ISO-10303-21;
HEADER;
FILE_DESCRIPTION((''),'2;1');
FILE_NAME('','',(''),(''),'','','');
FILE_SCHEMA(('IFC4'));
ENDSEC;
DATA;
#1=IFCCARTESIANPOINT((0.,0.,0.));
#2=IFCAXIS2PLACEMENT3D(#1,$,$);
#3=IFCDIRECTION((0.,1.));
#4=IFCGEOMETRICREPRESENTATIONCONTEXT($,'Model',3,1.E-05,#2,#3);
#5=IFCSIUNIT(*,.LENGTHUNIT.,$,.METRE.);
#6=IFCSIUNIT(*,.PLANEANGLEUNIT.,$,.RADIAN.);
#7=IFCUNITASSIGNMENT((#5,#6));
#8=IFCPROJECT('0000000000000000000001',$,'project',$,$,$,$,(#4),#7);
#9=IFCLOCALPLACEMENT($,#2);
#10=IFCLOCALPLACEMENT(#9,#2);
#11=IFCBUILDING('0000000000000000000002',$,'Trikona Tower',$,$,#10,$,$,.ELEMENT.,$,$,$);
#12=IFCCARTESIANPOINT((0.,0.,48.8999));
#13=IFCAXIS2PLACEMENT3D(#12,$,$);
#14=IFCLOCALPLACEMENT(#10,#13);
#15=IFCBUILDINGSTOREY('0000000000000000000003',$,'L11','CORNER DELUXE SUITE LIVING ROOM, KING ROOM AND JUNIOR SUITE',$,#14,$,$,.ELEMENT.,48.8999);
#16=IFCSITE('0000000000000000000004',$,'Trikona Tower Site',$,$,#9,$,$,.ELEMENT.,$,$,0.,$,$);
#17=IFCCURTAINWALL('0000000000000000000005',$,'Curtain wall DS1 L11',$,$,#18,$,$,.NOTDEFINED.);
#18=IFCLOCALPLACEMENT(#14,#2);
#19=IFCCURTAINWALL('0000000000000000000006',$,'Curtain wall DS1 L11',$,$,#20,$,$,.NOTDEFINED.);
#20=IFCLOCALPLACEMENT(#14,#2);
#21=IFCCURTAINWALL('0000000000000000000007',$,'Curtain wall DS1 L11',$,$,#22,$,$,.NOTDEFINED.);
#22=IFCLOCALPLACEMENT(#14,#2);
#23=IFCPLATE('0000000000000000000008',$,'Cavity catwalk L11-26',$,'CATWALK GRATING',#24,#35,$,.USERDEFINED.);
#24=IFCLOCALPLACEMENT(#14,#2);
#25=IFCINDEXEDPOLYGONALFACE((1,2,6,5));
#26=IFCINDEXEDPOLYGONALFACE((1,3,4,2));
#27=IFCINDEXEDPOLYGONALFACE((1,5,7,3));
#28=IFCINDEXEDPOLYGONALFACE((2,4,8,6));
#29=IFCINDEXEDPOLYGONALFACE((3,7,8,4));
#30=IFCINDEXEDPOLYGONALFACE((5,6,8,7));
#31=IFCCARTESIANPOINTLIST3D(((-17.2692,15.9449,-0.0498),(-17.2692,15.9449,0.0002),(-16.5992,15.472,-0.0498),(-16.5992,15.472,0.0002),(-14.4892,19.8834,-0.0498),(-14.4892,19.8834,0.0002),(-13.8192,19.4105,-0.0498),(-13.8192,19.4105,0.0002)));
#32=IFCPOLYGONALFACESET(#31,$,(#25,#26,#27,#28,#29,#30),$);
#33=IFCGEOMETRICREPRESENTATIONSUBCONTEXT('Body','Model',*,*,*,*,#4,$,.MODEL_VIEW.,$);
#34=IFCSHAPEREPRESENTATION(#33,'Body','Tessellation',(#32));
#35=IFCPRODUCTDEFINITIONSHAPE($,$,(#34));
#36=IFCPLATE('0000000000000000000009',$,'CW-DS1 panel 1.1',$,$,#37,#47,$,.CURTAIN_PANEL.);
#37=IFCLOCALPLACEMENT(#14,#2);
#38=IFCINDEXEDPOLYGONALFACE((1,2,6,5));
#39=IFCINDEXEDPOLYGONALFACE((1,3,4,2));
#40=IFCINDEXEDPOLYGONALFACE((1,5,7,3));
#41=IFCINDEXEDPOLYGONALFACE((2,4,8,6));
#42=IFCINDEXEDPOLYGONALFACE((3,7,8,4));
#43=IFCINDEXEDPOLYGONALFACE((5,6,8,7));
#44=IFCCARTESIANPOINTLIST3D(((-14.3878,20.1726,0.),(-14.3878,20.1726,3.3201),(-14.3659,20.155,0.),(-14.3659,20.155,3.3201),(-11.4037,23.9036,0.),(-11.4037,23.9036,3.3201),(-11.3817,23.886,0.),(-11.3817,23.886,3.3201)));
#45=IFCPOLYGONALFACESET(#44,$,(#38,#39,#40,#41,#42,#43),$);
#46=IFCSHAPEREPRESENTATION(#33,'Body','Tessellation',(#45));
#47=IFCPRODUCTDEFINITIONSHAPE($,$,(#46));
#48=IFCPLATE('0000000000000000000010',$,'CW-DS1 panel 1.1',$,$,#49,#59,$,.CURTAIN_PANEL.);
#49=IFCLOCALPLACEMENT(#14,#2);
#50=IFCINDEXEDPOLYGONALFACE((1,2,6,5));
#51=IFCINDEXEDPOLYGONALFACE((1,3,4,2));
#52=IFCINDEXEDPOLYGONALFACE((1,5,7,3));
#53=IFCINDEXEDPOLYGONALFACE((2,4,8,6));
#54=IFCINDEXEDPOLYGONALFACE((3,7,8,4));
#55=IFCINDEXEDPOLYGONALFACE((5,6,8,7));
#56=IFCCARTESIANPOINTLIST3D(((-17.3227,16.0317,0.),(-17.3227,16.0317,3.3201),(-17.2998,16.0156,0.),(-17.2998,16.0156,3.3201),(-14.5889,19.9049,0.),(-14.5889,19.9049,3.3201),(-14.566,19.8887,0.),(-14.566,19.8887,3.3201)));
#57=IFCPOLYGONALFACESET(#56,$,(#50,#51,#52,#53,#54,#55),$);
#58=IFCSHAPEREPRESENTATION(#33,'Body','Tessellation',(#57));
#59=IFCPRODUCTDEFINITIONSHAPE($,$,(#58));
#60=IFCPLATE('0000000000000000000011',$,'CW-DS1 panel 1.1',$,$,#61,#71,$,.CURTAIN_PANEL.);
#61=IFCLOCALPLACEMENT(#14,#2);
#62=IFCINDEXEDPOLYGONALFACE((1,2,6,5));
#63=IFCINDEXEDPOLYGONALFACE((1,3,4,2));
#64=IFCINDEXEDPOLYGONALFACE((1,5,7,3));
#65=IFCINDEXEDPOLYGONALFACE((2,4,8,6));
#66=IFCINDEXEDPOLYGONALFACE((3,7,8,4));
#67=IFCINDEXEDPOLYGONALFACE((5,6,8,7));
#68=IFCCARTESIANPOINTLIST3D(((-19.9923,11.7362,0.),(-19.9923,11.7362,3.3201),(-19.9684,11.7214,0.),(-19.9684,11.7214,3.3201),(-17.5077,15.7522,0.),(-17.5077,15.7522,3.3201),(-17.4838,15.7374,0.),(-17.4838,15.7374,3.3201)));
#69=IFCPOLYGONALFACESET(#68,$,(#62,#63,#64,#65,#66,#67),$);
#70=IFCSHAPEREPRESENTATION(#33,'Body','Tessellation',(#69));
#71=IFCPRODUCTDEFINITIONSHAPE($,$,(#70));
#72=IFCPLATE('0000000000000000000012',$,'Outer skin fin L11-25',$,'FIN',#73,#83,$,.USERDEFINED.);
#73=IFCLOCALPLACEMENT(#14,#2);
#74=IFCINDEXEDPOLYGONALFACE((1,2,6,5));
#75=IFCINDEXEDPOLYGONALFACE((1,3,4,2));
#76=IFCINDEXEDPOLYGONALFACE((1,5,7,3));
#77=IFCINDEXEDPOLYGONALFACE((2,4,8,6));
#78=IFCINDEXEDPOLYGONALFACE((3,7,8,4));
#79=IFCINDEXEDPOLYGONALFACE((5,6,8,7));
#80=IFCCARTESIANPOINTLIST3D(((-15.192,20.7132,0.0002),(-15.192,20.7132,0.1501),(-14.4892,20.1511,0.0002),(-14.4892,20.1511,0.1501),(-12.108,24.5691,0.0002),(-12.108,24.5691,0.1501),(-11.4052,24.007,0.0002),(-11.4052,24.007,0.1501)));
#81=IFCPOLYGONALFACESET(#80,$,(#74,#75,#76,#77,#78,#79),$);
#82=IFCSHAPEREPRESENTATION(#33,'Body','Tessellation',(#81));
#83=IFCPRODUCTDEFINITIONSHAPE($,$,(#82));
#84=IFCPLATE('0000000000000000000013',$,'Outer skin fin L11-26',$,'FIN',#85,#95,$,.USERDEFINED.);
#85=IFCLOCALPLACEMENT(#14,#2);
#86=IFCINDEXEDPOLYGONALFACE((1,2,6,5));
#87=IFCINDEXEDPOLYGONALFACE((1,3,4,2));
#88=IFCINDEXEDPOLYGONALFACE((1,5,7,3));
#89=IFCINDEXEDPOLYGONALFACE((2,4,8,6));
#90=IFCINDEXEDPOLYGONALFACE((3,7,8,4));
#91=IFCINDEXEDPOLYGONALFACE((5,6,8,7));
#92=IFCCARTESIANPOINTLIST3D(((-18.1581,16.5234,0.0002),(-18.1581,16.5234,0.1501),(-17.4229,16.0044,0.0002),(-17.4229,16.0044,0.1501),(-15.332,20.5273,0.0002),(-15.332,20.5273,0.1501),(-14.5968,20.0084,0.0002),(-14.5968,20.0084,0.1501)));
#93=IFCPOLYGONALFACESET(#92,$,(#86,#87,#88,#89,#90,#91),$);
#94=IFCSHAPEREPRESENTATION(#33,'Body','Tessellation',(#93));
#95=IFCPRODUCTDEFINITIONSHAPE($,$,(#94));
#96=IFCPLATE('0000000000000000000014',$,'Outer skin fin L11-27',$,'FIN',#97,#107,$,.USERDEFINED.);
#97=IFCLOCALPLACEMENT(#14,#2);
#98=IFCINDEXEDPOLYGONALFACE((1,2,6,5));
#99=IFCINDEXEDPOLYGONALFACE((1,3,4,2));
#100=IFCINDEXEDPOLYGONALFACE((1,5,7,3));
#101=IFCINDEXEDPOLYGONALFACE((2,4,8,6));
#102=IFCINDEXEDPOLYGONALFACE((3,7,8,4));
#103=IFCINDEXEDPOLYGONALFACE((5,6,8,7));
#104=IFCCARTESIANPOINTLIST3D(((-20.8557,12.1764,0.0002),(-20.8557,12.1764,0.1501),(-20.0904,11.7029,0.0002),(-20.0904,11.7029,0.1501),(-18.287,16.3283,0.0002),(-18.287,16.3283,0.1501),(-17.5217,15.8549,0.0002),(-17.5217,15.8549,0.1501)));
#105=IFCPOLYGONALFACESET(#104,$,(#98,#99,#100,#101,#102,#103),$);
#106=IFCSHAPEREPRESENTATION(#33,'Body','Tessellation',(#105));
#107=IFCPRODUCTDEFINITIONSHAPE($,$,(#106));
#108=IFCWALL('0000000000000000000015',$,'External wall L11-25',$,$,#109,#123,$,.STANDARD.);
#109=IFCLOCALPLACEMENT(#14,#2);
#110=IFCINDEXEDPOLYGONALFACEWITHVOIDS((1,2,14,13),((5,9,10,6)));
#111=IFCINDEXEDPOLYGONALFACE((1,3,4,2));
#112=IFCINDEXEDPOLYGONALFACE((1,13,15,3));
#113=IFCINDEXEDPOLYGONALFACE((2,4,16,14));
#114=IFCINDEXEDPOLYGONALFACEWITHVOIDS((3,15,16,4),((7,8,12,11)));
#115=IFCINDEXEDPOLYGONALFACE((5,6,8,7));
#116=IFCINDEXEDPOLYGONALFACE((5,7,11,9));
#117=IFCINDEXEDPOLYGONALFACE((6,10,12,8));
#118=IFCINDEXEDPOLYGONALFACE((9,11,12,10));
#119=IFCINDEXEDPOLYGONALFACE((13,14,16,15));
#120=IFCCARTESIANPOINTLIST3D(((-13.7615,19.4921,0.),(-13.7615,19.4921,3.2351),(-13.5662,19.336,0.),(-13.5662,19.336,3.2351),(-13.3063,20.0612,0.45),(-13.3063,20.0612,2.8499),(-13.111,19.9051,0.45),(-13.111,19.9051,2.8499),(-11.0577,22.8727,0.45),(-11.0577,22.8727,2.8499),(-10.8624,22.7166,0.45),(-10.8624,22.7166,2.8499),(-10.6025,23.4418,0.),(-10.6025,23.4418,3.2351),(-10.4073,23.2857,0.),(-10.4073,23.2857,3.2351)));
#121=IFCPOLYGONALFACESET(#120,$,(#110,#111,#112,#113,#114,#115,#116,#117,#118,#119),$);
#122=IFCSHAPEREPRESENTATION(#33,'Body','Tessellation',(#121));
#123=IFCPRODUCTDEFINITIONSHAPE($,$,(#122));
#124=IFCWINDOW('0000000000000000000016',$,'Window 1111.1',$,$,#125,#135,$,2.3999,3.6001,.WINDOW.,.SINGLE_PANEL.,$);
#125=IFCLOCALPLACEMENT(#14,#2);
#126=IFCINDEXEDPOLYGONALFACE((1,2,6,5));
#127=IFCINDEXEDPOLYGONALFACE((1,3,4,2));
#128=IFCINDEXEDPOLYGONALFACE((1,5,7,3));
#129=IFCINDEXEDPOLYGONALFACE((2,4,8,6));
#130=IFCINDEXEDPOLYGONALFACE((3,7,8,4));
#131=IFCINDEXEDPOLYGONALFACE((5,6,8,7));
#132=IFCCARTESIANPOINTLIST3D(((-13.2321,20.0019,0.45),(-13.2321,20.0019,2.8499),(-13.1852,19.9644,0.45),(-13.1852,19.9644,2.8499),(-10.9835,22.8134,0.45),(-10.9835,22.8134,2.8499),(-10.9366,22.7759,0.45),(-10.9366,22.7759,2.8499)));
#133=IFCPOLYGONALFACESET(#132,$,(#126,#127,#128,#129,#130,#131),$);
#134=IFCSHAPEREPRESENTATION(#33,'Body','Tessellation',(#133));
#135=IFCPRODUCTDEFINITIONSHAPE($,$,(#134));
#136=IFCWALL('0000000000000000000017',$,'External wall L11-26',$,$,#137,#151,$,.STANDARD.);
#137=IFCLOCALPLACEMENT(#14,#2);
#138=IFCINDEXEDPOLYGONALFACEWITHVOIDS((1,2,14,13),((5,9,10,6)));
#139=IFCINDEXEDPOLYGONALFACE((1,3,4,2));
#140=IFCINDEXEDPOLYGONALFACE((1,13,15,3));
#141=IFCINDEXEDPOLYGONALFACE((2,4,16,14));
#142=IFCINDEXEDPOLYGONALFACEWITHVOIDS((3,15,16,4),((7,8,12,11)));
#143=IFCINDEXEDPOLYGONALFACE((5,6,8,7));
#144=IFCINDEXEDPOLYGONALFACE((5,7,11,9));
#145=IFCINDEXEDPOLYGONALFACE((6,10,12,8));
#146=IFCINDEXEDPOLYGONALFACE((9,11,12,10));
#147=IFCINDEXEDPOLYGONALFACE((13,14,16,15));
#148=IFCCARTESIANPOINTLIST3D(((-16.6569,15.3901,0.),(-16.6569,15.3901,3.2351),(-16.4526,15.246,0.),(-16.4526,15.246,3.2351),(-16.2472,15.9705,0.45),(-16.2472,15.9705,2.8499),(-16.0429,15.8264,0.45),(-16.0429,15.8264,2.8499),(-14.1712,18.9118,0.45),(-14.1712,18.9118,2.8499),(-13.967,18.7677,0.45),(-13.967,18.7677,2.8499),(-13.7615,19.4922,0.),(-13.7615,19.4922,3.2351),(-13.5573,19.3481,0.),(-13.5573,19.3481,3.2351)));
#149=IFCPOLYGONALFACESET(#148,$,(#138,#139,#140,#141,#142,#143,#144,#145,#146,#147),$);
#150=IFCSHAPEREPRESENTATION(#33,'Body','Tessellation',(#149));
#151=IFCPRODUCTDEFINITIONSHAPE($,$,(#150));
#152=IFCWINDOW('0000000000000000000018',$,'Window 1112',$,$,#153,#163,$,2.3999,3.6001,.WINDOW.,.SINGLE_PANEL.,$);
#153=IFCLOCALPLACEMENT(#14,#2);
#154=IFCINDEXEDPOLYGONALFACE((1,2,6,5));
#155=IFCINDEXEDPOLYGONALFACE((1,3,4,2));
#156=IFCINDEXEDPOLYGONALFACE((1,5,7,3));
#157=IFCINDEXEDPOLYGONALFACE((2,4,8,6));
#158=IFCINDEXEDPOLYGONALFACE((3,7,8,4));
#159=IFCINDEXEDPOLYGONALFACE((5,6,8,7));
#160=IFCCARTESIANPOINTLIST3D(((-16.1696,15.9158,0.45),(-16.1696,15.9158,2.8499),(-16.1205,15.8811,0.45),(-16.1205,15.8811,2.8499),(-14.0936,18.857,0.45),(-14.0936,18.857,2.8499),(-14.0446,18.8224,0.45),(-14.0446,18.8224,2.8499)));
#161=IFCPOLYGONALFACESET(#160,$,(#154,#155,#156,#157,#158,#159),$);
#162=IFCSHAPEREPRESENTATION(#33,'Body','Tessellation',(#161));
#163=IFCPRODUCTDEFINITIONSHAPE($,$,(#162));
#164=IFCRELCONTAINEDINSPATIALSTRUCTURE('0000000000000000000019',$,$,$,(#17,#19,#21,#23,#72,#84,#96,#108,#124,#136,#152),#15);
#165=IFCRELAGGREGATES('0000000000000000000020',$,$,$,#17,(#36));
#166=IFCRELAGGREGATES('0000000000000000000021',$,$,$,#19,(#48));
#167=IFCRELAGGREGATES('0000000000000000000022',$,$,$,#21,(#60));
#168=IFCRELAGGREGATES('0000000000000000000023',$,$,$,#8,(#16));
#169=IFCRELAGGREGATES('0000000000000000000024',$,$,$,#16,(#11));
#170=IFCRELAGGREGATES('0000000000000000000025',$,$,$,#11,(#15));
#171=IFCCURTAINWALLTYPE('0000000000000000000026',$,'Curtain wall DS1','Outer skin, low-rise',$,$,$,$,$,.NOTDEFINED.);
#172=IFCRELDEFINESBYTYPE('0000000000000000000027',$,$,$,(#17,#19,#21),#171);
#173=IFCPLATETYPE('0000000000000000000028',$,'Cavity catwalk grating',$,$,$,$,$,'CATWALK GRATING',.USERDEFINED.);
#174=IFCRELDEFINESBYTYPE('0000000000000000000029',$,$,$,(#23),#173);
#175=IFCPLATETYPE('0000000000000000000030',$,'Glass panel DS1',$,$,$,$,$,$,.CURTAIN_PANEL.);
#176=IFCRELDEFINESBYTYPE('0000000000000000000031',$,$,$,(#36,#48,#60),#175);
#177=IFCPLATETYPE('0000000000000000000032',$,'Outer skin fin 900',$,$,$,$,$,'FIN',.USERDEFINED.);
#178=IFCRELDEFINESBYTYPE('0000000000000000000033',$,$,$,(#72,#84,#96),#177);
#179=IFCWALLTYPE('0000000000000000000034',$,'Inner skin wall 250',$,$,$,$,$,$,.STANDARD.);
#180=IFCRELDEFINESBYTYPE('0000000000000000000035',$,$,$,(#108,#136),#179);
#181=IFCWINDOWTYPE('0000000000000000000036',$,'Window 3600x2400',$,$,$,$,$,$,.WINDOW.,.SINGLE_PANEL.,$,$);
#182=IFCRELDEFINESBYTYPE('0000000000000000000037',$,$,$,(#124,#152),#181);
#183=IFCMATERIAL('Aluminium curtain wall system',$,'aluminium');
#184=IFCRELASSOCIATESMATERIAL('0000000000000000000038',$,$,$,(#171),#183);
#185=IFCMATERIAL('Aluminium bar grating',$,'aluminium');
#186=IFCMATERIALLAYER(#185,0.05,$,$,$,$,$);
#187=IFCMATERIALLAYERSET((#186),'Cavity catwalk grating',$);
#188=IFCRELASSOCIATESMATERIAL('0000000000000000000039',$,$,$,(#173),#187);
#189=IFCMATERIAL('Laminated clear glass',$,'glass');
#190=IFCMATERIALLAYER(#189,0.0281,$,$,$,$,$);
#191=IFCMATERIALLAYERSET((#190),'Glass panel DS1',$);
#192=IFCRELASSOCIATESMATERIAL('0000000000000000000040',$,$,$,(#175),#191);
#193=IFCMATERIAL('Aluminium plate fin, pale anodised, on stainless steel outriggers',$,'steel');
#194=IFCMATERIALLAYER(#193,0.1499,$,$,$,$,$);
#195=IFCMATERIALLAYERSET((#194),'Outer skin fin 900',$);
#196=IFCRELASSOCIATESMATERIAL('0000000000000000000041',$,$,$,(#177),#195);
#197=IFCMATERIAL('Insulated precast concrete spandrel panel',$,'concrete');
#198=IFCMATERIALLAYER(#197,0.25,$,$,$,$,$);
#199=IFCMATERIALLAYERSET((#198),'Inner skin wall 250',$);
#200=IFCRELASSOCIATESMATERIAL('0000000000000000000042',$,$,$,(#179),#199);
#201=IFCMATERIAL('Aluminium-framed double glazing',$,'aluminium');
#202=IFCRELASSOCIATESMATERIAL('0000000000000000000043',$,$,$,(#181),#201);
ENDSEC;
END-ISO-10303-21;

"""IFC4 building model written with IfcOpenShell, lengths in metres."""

from ifc_helpers import new_model, si_unit, direction, frame, frame_2d, origin, origin_2d, place, context, subcontext, project, spatial, rectangle, extrude, material, layer, layer_set, type_object, element, fill, aggregate, save


model = new_model("IFC4")

# Units and contexts
model_context = context("Model", 3, precision=1e-05, world=origin(), true_north=direction((0.0, 1.0)))
body_context = subcontext(model_context, "Body", "Model", "MODEL_VIEW")
ifc_project = project(units=[si_unit("LENGTHUNIT", "METRE"), si_unit("PLANEANGLEUNIT", "RADIAN")], contexts=[model_context])

# Site, building, storey
site_placement = place(None, origin())
site = spatial("IfcSite", under=ifc_project, at=site_placement, Name="Trikona Tower Site", CompositionType="ELEMENT", RefElevation=0.0)
building_placement = place(site_placement, origin())
building = spatial("IfcBuilding", under=site, at=building_placement, Name="Trikona Tower", CompositionType="ELEMENT")
storey_placement = place(building_placement, frame((0.0, 0.0, 48.8999)))
storey = spatial("IfcBuildingStorey", under=building, at=storey_placement, Name="L11", Description="CORNER DELUXE SUITE LIVING ROOM, KING ROOM AND JUNIOR SUITE", CompositionType="ELEMENT", Elevation=48.8999)

# Shared definitions
ifc_material_1 = material(Name="Aluminium curtain wall system", Category="aluminium")
curtain_wall_type = type_object("IfcCurtainWallType", Name="Curtain wall DS1", Description="Outer skin, low-rise", PredefinedType="NOTDEFINED", material=ifc_material_1)

# Curtain walls
curtain_wall_1_placement = place(storey_placement, origin())
curtain_wall_1 = element("IfcCurtainWall", 1, at=curtain_wall_1_placement, inside=storey, type_object=curtain_wall_type, Name="Curtain wall DS1 L11", PredefinedType="NOTDEFINED")
curtain_wall_2_placement = place(storey_placement, origin())
curtain_wall_2 = element("IfcCurtainWall", 2, at=curtain_wall_2_placement, inside=storey, type_object=curtain_wall_type, Name="Curtain wall DS1 L11", PredefinedType="NOTDEFINED")

# Curtain wall
curtain_wall_3_placement = place(storey_placement, origin())
curtain_wall_3 = element("IfcCurtainWall", 3, at=curtain_wall_3_placement, inside=storey, type_object=curtain_wall_type, Name="Curtain wall DS1 L11", PredefinedType="NOTDEFINED")

# Plate
ifc_material_2 = material(Name="Aluminium bar grating", Category="aluminium")
ifc_layer_1 = layer(ifc_material_2, 0.05)
ifc_layer_set_1 = layer_set([ifc_layer_1], Name="Cavity catwalk grating")
plate_type_1 = type_object("IfcPlateType", Name="Cavity catwalk grating", ElementType="CATWALK GRATING", PredefinedType="USERDEFINED", material=ifc_layer_set_1)
plate_1_placement = place(storey_placement, frame((-15.5442, 17.6777, -0.0498), z_axis=(0.0, 0.0, 1.0), x_axis=(-0.576662, -0.816983, 0.0)))
element("IfcPlate", 4, at=plate_1_placement, inside=storey, type_object=plate_type_1, Name="Cavity catwalk L11-26", ObjectType="CATWALK GRATING", PredefinedType="USERDEFINED", context=body_context, shape_type="SweptSolid", body=[
    extrude(rectangle(XDim=4.8208, YDim=0.8201, at=origin_2d()), origin(), (0.0, 0.0, 1.0), 0.05),
])

# Plates
ifc_material_3 = material(Name="Laminated clear glass", Category="glass")
ifc_layer_2 = layer(ifc_material_3, 0.0281)
ifc_layer_set_2 = layer_set([ifc_layer_2], Name="Glass panel DS1")
plate_type_2 = type_object("IfcPlateType", Name="Glass panel DS1", PredefinedType="CURTAIN_PANEL", material=ifc_layer_set_2)
plate_2_placement = place(storey_placement, frame((-12.8848, 22.0293, 0.0), z_axis=(0.0, 0.0, 1.0), x_axis=(-0.624609, -0.780938, 0.0)))
plate_2 = element("IfcPlate", 5, at=plate_2_placement, type_object=plate_type_2, Name="CW-DS1 panel 1.1", PredefinedType="CURTAIN_PANEL", context=body_context, shape_type="SweptSolid", body=[
    extrude(rectangle(XDim=4.7776, YDim=0.0281, at=origin_2d()), origin(), (0.0, 0.0, 1.0), 3.3201),
])
aggregate(curtain_wall_1, [plate_2])
plate_3_placement = place(storey_placement, frame((-15.9443, 17.9602, 0.0), z_axis=(0.0, 0.0, 1.0), x_axis=(-0.576658, -0.816985, 0.0)))
plate_3 = element("IfcPlate", 6, at=plate_3_placement, type_object=plate_type_2, Name="CW-DS1 panel 1.1", PredefinedType="CURTAIN_PANEL", context=body_context, shape_type="SweptSolid", body=[
    extrude(rectangle(XDim=4.7407, YDim=0.0281, at=origin_2d()), origin(), (0.0, 0.0, 1.0), 3.3201),
])
aggregate(curtain_wall_2, [plate_3])
plate_4_placement = place(storey_placement, frame((-18.738, 13.7368, 0.0), z_axis=(0.0, 0.0, 1.0), x_axis=(-0.52612, -0.85041, 0.0)))
plate_4 = element("IfcPlate", 7, at=plate_4_placement, type_object=plate_type_2, Name="CW-DS1 panel 1.1", PredefinedType="CURTAIN_PANEL", context=body_context, shape_type="SweptSolid", body=[
    extrude(rectangle(XDim=4.7224, YDim=0.0281, at=origin_2d()), origin(), (0.0, 0.0, 1.0), 3.3201),
])
aggregate(curtain_wall_3, [plate_4])

# Plates
ifc_material_4 = material(Name="Aluminium plate fin, pale anodised, on stainless steel outriggers", Category="steel")
ifc_layer_3 = layer(ifc_material_4, 0.1499)
ifc_layer_set_3 = layer_set([ifc_layer_3], Name="Outer skin fin 900")
plate_type_3 = type_object("IfcPlateType", Name="Outer skin fin 900", ElementType="FIN", PredefinedType="USERDEFINED", material=ifc_layer_set_3)
plate_5_placement = place(storey_placement, frame((-13.2986, 22.3601, 0.0002), z_axis=(0.0, 0.0, 1.0), x_axis=(-0.624604, -0.780942, 0.0)))
element("IfcPlate", 8, at=plate_5_placement, inside=storey, type_object=plate_type_3, Name="Outer skin fin L11-25", ObjectType="FIN", PredefinedType="USERDEFINED", context=body_context, shape_type="SweptSolid", body=[
    extrude(rectangle(XDim=4.9375, YDim=0.8999, at=origin_2d()), origin(), (0.0, 0.0, 1.0), 0.1499),
])
plate_6_placement = place(storey_placement, frame((-16.3774, 18.2659, 0.0002), z_axis=(0.0, 0.0, 1.0), x_axis=(-0.576662, -0.816983, 0.0)))
element("IfcPlate", 9, at=plate_6_placement, inside=storey, type_object=plate_type_3, Name="Outer skin fin L11-26", ObjectType="FIN", PredefinedType="USERDEFINED", context=body_context, shape_type="SweptSolid", body=[
    extrude(rectangle(XDim=4.9009, YDim=0.8999, at=origin_2d()), origin(), (0.0, 0.0, 1.0), 0.1499),
])
plate_7_placement = place(storey_placement, frame((-19.1887, 14.0156, 0.0002), z_axis=(0.0, 0.0, 1.0), x_axis=(-0.526119, -0.850411, 0.0)))
element("IfcPlate", 10, at=plate_7_placement, inside=storey, type_object=plate_type_3, Name="Outer skin fin L11-27", ObjectType="FIN", PredefinedType="USERDEFINED", context=body_context, shape_type="SweptSolid", body=[
    extrude(rectangle(XDim=4.8823, YDim=0.8999, at=origin_2d()), origin(), (0.0, 0.0, 1.0), 0.1499),
])

# Walls, openings, windows
ifc_material_5 = material(Name="Insulated precast concrete spandrel panel", Category="concrete")
ifc_layer_4 = layer(ifc_material_5, 0.25)
ifc_layer_set_4 = layer_set([ifc_layer_4], Name="Inner skin wall 250")
wall_type = type_object("IfcWallType", Name="Inner skin wall 250", PredefinedType="STANDARD", material=ifc_layer_set_4)
wall_1_placement = place(storey_placement, frame((-10.5049, 23.3638, 0.0), z_axis=(0.0, 0.0, 1.0), x_axis=(-0.624595, -0.780949, 0.0)))
wall_1 = element("IfcWall", 11, at=wall_1_placement, inside=storey, type_object=wall_type, Name="External wall L11-25", PredefinedType="STANDARD", context=body_context, shape_type="SweptSolid", body=[
    extrude(rectangle(XDim=5.0576, YDim=0.25, at=frame_2d((2.5288, 0.0))), origin(), (0.0, 0.0, 1.0), 3.2351),
])
opening_1_placement = place(wall_1_placement, frame((0.7288, 0.0, 0.45)))
opening_1 = element("IfcOpeningElement", 12, at=opening_1_placement, cuts=wall_1, PredefinedType="OPENING", context=body_context, shape_type="SweptSolid", body=[
    extrude(rectangle(XDim=3.6001, YDim=2.3999, at=frame_2d((1.8, 1.2))), frame((0.0, 0.135, 0.0), z_axis=(0.0, -1.0, 0.0), x_axis=(1.0, 0.0, 0.0)), (0.0, 0.0, 1.0), 0.27),
])
ifc_material_6 = material(Name="Aluminium-framed double glazing", Category="aluminium")
window_type = type_object("IfcWindowType", Name="Window 3600x2400", PartitioningType="SINGLE_PANEL", PredefinedType="WINDOW", material=ifc_material_6)
window_1_placement = place(opening_1_placement, origin())
window_1 = element("IfcWindow", 13, at=window_1_placement, inside=storey, type_object=window_type, Name="Window 1111.1", OverallHeight=2.3999, OverallWidth=3.6001, PartitioningType="SINGLE_PANEL", PredefinedType="WINDOW", context=body_context, shape_type="SweptSolid", body=[
    extrude(rectangle(XDim=3.6001, YDim=2.3999, at=frame_2d((1.8, 1.2))), frame((0.0, 0.03, 0.0), z_axis=(0.0, -1.0, 0.0), x_axis=(1.0, 0.0, 0.0)), (0.0, 0.0, 1.0), 0.0601),
])
fill(opening_1, window_1)
wall_2_placement = place(storey_placement, frame((-13.6594, 19.4202, 0.0), z_axis=(0.0, 0.0, 1.0), x_axis=(-0.576643, -0.816996, 0.0)))
wall_2 = element("IfcWall", 14, at=wall_2_placement, inside=storey, type_object=wall_type, Name="External wall L11-26", PredefinedType="STANDARD", context=body_context, shape_type="SweptSolid", body=[
    extrude(rectangle(XDim=5.021, YDim=0.25, at=frame_2d((2.5105, 0.0))), origin(), (0.0, 0.0, 1.0), 3.2351),
])
opening_2_placement = place(wall_2_placement, frame((0.7104, 0.0, 0.45)))
opening_2 = element("IfcOpeningElement", 15, at=opening_2_placement, cuts=wall_2, PredefinedType="OPENING", context=body_context, shape_type="SweptSolid", body=[
    extrude(rectangle(XDim=3.6001, YDim=2.3999, at=frame_2d((1.8, 1.2))), frame((0.0, 0.135, 0.0), z_axis=(0.0, -1.0, 0.0), x_axis=(1.0, 0.0, 0.0)), (0.0, 0.0, 1.0), 0.27),
])
window_2_placement = place(opening_2_placement, origin())
window_2 = element("IfcWindow", 16, at=window_2_placement, inside=storey, type_object=window_type, Name="Window 1112", OverallHeight=2.3999, OverallWidth=3.6001, PartitioningType="SINGLE_PANEL", PredefinedType="WINDOW", context=body_context, shape_type="SweptSolid", body=[
    extrude(rectangle(XDim=3.6001, YDim=2.3999, at=frame_2d((1.8, 1.2))), frame((0.0, 0.03, 0.0), z_axis=(0.0, -1.0, 0.0), x_axis=(1.0, 0.0, 0.0)), (0.0, 0.0, 1.0), 0.0601),
])
fill(opening_2, window_2)

save(model, "model.ifc")
